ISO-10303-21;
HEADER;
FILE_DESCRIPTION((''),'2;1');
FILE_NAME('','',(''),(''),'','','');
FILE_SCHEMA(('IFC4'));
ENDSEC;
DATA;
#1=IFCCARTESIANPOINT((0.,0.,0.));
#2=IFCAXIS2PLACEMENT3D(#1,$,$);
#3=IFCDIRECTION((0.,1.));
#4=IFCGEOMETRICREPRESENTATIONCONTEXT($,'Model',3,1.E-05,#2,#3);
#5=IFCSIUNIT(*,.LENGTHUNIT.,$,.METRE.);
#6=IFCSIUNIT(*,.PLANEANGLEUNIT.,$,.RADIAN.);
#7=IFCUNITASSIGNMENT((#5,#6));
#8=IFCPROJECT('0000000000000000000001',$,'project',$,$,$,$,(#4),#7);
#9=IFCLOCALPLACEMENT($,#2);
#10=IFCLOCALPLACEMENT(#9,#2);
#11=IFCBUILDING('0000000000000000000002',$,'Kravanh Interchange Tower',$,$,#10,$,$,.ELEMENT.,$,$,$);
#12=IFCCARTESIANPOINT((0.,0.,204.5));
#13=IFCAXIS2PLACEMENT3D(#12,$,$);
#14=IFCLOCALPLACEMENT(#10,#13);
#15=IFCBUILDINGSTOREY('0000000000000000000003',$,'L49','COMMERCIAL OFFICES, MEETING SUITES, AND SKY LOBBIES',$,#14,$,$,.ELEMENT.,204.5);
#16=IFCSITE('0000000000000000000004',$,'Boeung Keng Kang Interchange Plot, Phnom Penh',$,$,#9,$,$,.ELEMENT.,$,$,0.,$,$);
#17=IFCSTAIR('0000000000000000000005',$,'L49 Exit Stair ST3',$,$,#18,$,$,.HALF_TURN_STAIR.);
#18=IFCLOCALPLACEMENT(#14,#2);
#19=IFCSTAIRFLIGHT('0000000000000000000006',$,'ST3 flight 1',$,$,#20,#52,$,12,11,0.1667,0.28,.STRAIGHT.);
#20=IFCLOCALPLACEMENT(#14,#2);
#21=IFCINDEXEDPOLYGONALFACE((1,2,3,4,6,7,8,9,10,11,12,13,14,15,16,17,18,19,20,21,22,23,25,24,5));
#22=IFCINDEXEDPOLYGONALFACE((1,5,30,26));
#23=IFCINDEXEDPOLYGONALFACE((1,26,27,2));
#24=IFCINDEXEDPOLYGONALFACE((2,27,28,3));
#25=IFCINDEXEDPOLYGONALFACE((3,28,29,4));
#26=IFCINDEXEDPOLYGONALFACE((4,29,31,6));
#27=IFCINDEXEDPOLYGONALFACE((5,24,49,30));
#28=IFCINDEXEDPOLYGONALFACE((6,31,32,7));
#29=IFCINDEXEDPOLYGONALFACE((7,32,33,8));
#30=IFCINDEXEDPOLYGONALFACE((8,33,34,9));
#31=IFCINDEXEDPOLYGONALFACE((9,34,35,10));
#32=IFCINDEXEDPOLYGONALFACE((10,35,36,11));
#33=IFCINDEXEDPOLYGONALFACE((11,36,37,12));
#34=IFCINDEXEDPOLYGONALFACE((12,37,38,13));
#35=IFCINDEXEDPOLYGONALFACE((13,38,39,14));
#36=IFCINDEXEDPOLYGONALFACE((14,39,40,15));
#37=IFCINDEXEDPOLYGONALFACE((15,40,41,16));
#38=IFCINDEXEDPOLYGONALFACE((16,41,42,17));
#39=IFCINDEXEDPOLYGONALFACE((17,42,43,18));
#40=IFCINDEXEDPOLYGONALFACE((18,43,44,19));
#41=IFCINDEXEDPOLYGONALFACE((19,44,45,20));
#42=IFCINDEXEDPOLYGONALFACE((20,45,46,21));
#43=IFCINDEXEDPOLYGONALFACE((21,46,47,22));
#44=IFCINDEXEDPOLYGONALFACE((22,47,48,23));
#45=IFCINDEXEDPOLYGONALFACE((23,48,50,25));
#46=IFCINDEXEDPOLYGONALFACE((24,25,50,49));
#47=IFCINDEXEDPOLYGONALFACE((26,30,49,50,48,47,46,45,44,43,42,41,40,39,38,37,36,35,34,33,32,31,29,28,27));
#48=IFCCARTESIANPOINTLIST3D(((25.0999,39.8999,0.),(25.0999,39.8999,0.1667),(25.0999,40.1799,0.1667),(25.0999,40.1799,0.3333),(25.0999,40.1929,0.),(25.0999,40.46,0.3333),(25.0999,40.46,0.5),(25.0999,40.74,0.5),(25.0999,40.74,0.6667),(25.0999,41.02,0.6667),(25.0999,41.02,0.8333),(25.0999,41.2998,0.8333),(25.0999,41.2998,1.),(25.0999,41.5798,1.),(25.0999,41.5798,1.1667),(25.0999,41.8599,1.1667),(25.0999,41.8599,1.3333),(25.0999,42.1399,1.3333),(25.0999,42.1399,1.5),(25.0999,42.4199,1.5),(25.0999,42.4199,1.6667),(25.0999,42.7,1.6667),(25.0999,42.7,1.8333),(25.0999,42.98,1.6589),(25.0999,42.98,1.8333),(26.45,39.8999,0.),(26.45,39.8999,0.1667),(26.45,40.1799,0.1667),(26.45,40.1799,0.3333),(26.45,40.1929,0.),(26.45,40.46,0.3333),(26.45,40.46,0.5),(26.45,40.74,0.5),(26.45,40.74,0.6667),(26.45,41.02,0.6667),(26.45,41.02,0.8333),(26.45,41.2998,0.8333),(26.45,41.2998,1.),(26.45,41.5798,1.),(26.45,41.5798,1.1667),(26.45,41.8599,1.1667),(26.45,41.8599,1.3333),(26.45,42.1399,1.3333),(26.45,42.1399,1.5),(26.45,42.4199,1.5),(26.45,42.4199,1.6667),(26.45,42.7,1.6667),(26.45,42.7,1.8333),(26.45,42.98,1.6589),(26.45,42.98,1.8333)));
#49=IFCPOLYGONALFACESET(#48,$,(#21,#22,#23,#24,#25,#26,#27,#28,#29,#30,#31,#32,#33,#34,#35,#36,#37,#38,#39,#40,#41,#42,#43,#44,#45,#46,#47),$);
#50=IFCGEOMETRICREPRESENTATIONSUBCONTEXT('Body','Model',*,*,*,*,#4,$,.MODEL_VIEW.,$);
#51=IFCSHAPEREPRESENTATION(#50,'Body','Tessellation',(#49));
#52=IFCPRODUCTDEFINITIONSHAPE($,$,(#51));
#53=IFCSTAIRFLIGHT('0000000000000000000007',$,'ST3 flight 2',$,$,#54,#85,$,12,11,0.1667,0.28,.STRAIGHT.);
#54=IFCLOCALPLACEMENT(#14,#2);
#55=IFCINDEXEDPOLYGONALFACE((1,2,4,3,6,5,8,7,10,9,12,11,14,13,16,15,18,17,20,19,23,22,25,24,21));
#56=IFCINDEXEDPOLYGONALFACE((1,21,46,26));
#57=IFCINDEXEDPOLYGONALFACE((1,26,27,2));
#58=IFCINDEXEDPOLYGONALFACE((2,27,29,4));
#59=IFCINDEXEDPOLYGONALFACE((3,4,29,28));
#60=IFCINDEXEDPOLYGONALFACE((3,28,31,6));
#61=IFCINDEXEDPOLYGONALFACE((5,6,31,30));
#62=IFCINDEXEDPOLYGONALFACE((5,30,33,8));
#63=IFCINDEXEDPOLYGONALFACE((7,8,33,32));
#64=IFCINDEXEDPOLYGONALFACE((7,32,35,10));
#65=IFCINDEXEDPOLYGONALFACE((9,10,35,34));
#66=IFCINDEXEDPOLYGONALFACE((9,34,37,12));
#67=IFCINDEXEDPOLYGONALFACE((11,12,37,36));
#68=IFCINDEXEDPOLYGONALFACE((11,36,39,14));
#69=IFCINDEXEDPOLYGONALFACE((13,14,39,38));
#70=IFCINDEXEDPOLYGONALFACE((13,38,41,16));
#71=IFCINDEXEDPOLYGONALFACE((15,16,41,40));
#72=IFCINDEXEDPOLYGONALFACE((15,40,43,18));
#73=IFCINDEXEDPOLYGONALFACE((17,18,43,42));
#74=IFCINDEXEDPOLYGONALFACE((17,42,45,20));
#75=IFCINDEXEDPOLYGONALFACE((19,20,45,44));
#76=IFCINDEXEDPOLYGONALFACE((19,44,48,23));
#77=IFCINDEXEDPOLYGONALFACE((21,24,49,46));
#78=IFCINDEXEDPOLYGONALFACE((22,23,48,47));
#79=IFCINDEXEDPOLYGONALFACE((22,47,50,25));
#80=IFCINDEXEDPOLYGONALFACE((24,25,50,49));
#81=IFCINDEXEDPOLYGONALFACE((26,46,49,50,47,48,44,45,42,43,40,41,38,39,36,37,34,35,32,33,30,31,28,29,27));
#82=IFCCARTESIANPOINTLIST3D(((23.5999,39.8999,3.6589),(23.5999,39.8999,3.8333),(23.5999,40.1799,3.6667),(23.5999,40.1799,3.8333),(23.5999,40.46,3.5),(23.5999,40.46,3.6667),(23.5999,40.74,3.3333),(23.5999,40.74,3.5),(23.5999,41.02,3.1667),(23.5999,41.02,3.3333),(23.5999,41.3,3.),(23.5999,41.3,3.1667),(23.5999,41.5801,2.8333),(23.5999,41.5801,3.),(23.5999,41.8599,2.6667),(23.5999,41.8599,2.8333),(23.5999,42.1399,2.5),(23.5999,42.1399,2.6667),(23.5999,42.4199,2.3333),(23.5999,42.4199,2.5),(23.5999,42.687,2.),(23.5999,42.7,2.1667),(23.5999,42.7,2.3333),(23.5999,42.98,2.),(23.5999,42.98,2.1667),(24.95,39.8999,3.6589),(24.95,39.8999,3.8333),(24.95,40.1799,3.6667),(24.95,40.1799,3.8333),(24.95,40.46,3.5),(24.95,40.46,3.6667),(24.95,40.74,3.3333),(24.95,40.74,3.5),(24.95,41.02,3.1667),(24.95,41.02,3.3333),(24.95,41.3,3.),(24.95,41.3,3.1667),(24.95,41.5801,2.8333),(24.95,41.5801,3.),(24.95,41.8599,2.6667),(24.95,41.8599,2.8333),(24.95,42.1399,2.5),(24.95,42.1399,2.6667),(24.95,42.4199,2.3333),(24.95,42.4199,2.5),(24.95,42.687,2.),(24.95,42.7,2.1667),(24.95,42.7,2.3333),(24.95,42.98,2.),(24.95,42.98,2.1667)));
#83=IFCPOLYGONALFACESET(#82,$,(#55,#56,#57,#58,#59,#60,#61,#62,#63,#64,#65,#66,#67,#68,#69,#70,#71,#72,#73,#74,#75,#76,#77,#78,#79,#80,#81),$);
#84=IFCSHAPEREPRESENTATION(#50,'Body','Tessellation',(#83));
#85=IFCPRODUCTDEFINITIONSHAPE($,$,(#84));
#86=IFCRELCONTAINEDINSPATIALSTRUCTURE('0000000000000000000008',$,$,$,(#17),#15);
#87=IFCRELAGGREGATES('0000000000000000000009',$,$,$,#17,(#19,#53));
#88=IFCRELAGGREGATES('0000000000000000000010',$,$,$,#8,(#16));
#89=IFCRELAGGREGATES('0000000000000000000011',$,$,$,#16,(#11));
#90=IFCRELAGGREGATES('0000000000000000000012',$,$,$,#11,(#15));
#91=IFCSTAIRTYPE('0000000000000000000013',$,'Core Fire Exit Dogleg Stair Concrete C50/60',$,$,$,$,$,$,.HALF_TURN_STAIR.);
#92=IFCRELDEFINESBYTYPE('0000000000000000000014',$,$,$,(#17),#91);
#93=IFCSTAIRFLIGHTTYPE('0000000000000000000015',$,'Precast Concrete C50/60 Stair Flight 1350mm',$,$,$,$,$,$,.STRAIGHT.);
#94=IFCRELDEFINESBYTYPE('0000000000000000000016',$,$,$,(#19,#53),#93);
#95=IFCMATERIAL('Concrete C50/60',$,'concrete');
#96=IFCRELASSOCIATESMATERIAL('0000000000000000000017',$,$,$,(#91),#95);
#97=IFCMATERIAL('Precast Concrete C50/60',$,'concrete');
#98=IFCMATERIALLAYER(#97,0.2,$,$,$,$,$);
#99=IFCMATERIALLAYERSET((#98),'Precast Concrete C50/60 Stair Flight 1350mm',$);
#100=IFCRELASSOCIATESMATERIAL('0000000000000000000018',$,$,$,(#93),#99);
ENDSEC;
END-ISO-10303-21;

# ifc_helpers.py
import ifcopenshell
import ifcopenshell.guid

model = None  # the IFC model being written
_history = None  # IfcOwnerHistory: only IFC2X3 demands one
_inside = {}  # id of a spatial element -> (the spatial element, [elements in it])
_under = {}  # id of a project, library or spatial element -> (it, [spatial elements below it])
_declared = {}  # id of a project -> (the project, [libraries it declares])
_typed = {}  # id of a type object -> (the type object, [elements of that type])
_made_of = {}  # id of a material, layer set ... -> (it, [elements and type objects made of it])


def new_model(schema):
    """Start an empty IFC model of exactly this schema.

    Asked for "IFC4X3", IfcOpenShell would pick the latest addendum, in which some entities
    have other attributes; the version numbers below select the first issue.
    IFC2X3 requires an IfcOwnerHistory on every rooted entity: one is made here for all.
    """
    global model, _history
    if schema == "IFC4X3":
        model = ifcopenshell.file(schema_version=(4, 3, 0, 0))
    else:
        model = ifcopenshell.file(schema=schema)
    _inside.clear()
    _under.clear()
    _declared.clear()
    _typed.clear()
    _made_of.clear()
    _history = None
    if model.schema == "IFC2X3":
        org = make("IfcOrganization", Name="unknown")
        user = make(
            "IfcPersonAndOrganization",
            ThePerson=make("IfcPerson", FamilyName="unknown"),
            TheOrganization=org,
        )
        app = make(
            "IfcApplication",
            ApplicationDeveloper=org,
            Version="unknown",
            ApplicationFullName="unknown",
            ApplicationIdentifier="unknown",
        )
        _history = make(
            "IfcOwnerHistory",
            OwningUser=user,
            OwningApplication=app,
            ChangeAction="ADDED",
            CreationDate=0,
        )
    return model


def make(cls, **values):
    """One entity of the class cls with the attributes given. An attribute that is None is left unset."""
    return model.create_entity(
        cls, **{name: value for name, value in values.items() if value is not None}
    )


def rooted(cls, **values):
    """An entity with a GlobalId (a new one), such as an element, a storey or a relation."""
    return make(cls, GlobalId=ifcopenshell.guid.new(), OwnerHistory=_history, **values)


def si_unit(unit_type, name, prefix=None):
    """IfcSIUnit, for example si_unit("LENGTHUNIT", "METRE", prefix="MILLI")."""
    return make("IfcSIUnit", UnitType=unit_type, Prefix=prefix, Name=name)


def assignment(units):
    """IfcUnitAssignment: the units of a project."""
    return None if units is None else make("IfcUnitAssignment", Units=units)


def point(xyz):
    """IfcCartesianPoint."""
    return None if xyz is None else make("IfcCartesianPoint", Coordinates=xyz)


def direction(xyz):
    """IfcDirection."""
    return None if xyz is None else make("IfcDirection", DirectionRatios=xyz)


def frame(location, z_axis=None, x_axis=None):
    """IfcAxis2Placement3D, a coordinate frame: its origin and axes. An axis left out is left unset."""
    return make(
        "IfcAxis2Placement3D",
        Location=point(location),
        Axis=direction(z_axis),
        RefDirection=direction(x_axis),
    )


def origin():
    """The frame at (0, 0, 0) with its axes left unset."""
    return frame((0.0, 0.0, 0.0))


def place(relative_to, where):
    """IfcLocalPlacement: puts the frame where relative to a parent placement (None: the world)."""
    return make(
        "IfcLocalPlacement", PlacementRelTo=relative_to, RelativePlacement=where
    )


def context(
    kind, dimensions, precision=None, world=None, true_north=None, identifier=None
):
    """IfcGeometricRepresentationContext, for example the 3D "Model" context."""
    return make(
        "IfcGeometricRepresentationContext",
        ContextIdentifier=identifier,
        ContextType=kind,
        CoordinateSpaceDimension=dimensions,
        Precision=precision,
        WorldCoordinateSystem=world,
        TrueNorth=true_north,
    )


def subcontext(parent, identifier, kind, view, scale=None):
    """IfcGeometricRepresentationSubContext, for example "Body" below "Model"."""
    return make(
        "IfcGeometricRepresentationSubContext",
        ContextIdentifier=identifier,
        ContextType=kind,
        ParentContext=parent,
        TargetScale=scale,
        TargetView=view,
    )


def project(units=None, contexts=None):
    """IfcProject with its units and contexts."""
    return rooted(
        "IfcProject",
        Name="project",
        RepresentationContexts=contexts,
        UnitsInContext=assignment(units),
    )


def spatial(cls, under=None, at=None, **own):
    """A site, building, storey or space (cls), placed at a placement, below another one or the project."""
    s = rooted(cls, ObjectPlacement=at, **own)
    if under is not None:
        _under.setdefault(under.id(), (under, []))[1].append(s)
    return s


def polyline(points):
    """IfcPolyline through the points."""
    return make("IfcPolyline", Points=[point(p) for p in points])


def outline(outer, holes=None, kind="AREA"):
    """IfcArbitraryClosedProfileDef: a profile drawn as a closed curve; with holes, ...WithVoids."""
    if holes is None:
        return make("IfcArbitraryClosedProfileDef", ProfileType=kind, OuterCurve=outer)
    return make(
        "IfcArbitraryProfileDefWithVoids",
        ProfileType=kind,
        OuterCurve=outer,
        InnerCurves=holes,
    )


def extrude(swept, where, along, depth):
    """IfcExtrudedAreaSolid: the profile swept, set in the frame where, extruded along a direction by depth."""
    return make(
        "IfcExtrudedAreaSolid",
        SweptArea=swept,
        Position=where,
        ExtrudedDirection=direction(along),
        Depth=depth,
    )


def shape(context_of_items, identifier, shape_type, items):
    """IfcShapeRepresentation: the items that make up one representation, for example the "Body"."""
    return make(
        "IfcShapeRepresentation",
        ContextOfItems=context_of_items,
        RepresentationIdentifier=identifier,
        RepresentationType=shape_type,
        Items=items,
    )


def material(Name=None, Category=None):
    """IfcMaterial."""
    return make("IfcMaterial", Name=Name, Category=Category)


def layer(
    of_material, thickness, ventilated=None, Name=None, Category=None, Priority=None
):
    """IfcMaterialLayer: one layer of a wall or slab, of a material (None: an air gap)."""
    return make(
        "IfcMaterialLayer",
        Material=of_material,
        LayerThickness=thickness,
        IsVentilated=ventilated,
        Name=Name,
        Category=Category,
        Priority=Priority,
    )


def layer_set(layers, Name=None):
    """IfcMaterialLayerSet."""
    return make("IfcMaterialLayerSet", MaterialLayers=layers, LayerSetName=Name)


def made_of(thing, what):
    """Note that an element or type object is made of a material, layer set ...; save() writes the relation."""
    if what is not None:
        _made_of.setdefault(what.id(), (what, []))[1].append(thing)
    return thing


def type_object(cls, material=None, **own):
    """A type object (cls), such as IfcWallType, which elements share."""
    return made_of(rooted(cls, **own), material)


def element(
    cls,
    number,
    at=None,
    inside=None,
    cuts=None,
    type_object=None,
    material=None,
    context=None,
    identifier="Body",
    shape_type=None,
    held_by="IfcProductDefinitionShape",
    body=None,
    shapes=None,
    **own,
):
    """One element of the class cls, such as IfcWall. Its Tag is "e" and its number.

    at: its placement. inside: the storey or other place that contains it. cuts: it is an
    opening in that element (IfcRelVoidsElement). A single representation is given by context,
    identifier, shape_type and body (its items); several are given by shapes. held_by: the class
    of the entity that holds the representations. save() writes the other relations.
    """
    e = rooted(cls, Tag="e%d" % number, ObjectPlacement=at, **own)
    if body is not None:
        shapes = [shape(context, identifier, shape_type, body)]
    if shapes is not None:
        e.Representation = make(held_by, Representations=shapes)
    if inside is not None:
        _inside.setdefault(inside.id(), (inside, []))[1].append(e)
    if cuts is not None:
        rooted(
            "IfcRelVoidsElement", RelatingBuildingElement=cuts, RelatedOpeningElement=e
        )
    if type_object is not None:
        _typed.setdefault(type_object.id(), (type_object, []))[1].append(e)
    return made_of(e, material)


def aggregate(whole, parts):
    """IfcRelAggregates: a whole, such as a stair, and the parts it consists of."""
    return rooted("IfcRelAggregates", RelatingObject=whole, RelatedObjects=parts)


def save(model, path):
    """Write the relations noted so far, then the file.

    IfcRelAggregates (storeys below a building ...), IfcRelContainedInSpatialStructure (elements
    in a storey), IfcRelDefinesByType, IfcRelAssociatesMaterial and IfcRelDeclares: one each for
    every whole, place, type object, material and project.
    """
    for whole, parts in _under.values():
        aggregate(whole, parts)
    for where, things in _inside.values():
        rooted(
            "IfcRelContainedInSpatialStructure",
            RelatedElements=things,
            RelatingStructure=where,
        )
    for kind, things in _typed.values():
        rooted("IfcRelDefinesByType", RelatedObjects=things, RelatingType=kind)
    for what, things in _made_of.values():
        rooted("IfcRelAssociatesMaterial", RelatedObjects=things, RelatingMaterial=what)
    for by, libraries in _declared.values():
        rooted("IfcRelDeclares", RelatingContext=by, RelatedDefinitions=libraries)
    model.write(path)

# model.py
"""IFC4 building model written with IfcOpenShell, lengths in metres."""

from ifc_helpers import new_model, si_unit, direction, frame, origin, place, context, subcontext, project, spatial, polyline, outline, extrude, material, layer, layer_set, type_object, element, aggregate, save


model = new_model("IFC4")

# Units and contexts
model_context = context("Model", 3, precision=1e-05, world=origin(), true_north=direction((0.0, 1.0)))
body_context = subcontext(model_context, "Body", "Model", "MODEL_VIEW")
ifc_project = project(units=[si_unit("LENGTHUNIT", "METRE"), si_unit("PLANEANGLEUNIT", "RADIAN")], contexts=[model_context])

# Site, building, storey
site_placement = place(None, origin())
site = spatial("IfcSite", under=ifc_project, at=site_placement, Name="Boeung Keng Kang Interchange Plot, Phnom Penh", CompositionType="ELEMENT", RefElevation=0.0)
building_placement = place(site_placement, origin())
building = spatial("IfcBuilding", under=site, at=building_placement, Name="Kravanh Interchange Tower", CompositionType="ELEMENT")
storey_placement = place(building_placement, frame((0.0, 0.0, 204.5)))
storey = spatial("IfcBuildingStorey", under=building, at=storey_placement, Name="L49", Description="COMMERCIAL OFFICES, MEETING SUITES, AND SKY LOBBIES", CompositionType="ELEMENT", Elevation=204.5)

# Stair, stair flights
ifc_material_1 = material(Name="Concrete C50/60", Category="concrete")
stair_type = type_object("IfcStairType", Name="Core Fire Exit Dogleg Stair Concrete C50/60", PredefinedType="HALF_TURN_STAIR", material=ifc_material_1)
stair_placement = place(storey_placement, origin())
stair = element("IfcStair", 1, at=stair_placement, inside=storey, type_object=stair_type, Name="L49 Exit Stair ST3", PredefinedType="HALF_TURN_STAIR")
ifc_material_2 = material(Name="Precast Concrete C50/60", Category="concrete")
ifc_layer_1 = layer(ifc_material_2, 0.2)
ifc_layer_set_1 = layer_set([ifc_layer_1], Name="Precast Concrete C50/60 Stair Flight 1350mm")
stair_flight_type = type_object("IfcStairFlightType", Name="Precast Concrete C50/60 Stair Flight 1350mm", PredefinedType="STRAIGHT", material=ifc_layer_set_1)
stair_flight_1_placement = place(storey_placement, frame((25.7749, 39.8999, 0.0), z_axis=(0.0, 0.0, 1.0), x_axis=(0.0, 1.0, 0.0)))
stair_flight_1 = element("IfcStairFlight", 2, at=stair_flight_1_placement, type_object=stair_flight_type, Name="ST3 flight 1", NumberOfRisers=12, NumberOfTreads=11, PredefinedType="STRAIGHT", RiserHeight=0.1667, TreadLength=0.28, context=body_context, shape_type="SweptSolid", body=[
    extrude(outline(polyline([(0.0, 0.0), (0.0, 0.1667), (0.28, 0.1667), (0.28, 0.3333), (0.5601, 0.3333), (0.5601, 0.5), (0.8401, 0.5), (0.8401, 0.6667), (1.1201, 0.6667), (1.1201, 0.8333), (1.3999, 0.8333), (1.3999, 1.0), (1.6799, 1.0), (1.6799, 1.1667), (1.96, 1.1667), (1.96, 1.3333), (2.24, 1.3333), (2.24, 1.5), (2.52, 1.5), (2.52, 1.6667), (2.8, 1.6667), (2.8, 1.8333), (3.0801, 1.8333), (3.0801, 2.0), (3.0801, 1.6589), (0.293, 0.0), (0.0, 0.0)])), frame((0.0, 0.675, 0.0), z_axis=(0.0, -1.0, 0.0), x_axis=(1.0, 0.0, 0.0)), (0.0, 0.0, 1.0), 1.3501),
])
stair_flight_2_placement = place(storey_placement, frame((24.2749, 42.98, 2.0), z_axis=(0.0, 0.0, 1.0), x_axis=(0.0, -1.0, 0.0)))
stair_flight_2 = element("IfcStairFlight", 3, at=stair_flight_2_placement, type_object=stair_flight_type, Name="ST3 flight 2", NumberOfRisers=12, NumberOfTreads=11, PredefinedType="STRAIGHT", RiserHeight=0.1667, TreadLength=0.28, context=body_context, shape_type="SweptSolid", body=[
    extrude(outline(polyline([(0.0, 0.0), (0.0, 0.1667), (0.28, 0.1667), (0.28, 0.3333), (0.5601, 0.3333), (0.5601, 0.5), (0.8401, 0.5), (0.8401, 0.6667), (1.1201, 0.6667), (1.1201, 0.8333), (1.3999, 0.8333), (1.3999, 1.0), (1.6799, 1.0), (1.6799, 1.1667), (1.96, 1.1667), (1.96, 1.3333), (2.24, 1.3333), (2.24, 1.5), (2.52, 1.5), (2.52, 1.6667), (2.8, 1.6667), (2.8, 1.8333), (3.0801, 1.8333), (3.0801, 2.0), (3.0801, 1.6589), (0.293, 0.0), (0.0, 0.0)])), frame((0.0, 0.675, 0.0), z_axis=(0.0, -1.0, 0.0), x_axis=(1.0, 0.0, 0.0)), (0.0, 0.0, 1.0), 1.3501),
])
aggregate(stair, [stair_flight_1, stair_flight_2])

save(model, "model.ifc")
